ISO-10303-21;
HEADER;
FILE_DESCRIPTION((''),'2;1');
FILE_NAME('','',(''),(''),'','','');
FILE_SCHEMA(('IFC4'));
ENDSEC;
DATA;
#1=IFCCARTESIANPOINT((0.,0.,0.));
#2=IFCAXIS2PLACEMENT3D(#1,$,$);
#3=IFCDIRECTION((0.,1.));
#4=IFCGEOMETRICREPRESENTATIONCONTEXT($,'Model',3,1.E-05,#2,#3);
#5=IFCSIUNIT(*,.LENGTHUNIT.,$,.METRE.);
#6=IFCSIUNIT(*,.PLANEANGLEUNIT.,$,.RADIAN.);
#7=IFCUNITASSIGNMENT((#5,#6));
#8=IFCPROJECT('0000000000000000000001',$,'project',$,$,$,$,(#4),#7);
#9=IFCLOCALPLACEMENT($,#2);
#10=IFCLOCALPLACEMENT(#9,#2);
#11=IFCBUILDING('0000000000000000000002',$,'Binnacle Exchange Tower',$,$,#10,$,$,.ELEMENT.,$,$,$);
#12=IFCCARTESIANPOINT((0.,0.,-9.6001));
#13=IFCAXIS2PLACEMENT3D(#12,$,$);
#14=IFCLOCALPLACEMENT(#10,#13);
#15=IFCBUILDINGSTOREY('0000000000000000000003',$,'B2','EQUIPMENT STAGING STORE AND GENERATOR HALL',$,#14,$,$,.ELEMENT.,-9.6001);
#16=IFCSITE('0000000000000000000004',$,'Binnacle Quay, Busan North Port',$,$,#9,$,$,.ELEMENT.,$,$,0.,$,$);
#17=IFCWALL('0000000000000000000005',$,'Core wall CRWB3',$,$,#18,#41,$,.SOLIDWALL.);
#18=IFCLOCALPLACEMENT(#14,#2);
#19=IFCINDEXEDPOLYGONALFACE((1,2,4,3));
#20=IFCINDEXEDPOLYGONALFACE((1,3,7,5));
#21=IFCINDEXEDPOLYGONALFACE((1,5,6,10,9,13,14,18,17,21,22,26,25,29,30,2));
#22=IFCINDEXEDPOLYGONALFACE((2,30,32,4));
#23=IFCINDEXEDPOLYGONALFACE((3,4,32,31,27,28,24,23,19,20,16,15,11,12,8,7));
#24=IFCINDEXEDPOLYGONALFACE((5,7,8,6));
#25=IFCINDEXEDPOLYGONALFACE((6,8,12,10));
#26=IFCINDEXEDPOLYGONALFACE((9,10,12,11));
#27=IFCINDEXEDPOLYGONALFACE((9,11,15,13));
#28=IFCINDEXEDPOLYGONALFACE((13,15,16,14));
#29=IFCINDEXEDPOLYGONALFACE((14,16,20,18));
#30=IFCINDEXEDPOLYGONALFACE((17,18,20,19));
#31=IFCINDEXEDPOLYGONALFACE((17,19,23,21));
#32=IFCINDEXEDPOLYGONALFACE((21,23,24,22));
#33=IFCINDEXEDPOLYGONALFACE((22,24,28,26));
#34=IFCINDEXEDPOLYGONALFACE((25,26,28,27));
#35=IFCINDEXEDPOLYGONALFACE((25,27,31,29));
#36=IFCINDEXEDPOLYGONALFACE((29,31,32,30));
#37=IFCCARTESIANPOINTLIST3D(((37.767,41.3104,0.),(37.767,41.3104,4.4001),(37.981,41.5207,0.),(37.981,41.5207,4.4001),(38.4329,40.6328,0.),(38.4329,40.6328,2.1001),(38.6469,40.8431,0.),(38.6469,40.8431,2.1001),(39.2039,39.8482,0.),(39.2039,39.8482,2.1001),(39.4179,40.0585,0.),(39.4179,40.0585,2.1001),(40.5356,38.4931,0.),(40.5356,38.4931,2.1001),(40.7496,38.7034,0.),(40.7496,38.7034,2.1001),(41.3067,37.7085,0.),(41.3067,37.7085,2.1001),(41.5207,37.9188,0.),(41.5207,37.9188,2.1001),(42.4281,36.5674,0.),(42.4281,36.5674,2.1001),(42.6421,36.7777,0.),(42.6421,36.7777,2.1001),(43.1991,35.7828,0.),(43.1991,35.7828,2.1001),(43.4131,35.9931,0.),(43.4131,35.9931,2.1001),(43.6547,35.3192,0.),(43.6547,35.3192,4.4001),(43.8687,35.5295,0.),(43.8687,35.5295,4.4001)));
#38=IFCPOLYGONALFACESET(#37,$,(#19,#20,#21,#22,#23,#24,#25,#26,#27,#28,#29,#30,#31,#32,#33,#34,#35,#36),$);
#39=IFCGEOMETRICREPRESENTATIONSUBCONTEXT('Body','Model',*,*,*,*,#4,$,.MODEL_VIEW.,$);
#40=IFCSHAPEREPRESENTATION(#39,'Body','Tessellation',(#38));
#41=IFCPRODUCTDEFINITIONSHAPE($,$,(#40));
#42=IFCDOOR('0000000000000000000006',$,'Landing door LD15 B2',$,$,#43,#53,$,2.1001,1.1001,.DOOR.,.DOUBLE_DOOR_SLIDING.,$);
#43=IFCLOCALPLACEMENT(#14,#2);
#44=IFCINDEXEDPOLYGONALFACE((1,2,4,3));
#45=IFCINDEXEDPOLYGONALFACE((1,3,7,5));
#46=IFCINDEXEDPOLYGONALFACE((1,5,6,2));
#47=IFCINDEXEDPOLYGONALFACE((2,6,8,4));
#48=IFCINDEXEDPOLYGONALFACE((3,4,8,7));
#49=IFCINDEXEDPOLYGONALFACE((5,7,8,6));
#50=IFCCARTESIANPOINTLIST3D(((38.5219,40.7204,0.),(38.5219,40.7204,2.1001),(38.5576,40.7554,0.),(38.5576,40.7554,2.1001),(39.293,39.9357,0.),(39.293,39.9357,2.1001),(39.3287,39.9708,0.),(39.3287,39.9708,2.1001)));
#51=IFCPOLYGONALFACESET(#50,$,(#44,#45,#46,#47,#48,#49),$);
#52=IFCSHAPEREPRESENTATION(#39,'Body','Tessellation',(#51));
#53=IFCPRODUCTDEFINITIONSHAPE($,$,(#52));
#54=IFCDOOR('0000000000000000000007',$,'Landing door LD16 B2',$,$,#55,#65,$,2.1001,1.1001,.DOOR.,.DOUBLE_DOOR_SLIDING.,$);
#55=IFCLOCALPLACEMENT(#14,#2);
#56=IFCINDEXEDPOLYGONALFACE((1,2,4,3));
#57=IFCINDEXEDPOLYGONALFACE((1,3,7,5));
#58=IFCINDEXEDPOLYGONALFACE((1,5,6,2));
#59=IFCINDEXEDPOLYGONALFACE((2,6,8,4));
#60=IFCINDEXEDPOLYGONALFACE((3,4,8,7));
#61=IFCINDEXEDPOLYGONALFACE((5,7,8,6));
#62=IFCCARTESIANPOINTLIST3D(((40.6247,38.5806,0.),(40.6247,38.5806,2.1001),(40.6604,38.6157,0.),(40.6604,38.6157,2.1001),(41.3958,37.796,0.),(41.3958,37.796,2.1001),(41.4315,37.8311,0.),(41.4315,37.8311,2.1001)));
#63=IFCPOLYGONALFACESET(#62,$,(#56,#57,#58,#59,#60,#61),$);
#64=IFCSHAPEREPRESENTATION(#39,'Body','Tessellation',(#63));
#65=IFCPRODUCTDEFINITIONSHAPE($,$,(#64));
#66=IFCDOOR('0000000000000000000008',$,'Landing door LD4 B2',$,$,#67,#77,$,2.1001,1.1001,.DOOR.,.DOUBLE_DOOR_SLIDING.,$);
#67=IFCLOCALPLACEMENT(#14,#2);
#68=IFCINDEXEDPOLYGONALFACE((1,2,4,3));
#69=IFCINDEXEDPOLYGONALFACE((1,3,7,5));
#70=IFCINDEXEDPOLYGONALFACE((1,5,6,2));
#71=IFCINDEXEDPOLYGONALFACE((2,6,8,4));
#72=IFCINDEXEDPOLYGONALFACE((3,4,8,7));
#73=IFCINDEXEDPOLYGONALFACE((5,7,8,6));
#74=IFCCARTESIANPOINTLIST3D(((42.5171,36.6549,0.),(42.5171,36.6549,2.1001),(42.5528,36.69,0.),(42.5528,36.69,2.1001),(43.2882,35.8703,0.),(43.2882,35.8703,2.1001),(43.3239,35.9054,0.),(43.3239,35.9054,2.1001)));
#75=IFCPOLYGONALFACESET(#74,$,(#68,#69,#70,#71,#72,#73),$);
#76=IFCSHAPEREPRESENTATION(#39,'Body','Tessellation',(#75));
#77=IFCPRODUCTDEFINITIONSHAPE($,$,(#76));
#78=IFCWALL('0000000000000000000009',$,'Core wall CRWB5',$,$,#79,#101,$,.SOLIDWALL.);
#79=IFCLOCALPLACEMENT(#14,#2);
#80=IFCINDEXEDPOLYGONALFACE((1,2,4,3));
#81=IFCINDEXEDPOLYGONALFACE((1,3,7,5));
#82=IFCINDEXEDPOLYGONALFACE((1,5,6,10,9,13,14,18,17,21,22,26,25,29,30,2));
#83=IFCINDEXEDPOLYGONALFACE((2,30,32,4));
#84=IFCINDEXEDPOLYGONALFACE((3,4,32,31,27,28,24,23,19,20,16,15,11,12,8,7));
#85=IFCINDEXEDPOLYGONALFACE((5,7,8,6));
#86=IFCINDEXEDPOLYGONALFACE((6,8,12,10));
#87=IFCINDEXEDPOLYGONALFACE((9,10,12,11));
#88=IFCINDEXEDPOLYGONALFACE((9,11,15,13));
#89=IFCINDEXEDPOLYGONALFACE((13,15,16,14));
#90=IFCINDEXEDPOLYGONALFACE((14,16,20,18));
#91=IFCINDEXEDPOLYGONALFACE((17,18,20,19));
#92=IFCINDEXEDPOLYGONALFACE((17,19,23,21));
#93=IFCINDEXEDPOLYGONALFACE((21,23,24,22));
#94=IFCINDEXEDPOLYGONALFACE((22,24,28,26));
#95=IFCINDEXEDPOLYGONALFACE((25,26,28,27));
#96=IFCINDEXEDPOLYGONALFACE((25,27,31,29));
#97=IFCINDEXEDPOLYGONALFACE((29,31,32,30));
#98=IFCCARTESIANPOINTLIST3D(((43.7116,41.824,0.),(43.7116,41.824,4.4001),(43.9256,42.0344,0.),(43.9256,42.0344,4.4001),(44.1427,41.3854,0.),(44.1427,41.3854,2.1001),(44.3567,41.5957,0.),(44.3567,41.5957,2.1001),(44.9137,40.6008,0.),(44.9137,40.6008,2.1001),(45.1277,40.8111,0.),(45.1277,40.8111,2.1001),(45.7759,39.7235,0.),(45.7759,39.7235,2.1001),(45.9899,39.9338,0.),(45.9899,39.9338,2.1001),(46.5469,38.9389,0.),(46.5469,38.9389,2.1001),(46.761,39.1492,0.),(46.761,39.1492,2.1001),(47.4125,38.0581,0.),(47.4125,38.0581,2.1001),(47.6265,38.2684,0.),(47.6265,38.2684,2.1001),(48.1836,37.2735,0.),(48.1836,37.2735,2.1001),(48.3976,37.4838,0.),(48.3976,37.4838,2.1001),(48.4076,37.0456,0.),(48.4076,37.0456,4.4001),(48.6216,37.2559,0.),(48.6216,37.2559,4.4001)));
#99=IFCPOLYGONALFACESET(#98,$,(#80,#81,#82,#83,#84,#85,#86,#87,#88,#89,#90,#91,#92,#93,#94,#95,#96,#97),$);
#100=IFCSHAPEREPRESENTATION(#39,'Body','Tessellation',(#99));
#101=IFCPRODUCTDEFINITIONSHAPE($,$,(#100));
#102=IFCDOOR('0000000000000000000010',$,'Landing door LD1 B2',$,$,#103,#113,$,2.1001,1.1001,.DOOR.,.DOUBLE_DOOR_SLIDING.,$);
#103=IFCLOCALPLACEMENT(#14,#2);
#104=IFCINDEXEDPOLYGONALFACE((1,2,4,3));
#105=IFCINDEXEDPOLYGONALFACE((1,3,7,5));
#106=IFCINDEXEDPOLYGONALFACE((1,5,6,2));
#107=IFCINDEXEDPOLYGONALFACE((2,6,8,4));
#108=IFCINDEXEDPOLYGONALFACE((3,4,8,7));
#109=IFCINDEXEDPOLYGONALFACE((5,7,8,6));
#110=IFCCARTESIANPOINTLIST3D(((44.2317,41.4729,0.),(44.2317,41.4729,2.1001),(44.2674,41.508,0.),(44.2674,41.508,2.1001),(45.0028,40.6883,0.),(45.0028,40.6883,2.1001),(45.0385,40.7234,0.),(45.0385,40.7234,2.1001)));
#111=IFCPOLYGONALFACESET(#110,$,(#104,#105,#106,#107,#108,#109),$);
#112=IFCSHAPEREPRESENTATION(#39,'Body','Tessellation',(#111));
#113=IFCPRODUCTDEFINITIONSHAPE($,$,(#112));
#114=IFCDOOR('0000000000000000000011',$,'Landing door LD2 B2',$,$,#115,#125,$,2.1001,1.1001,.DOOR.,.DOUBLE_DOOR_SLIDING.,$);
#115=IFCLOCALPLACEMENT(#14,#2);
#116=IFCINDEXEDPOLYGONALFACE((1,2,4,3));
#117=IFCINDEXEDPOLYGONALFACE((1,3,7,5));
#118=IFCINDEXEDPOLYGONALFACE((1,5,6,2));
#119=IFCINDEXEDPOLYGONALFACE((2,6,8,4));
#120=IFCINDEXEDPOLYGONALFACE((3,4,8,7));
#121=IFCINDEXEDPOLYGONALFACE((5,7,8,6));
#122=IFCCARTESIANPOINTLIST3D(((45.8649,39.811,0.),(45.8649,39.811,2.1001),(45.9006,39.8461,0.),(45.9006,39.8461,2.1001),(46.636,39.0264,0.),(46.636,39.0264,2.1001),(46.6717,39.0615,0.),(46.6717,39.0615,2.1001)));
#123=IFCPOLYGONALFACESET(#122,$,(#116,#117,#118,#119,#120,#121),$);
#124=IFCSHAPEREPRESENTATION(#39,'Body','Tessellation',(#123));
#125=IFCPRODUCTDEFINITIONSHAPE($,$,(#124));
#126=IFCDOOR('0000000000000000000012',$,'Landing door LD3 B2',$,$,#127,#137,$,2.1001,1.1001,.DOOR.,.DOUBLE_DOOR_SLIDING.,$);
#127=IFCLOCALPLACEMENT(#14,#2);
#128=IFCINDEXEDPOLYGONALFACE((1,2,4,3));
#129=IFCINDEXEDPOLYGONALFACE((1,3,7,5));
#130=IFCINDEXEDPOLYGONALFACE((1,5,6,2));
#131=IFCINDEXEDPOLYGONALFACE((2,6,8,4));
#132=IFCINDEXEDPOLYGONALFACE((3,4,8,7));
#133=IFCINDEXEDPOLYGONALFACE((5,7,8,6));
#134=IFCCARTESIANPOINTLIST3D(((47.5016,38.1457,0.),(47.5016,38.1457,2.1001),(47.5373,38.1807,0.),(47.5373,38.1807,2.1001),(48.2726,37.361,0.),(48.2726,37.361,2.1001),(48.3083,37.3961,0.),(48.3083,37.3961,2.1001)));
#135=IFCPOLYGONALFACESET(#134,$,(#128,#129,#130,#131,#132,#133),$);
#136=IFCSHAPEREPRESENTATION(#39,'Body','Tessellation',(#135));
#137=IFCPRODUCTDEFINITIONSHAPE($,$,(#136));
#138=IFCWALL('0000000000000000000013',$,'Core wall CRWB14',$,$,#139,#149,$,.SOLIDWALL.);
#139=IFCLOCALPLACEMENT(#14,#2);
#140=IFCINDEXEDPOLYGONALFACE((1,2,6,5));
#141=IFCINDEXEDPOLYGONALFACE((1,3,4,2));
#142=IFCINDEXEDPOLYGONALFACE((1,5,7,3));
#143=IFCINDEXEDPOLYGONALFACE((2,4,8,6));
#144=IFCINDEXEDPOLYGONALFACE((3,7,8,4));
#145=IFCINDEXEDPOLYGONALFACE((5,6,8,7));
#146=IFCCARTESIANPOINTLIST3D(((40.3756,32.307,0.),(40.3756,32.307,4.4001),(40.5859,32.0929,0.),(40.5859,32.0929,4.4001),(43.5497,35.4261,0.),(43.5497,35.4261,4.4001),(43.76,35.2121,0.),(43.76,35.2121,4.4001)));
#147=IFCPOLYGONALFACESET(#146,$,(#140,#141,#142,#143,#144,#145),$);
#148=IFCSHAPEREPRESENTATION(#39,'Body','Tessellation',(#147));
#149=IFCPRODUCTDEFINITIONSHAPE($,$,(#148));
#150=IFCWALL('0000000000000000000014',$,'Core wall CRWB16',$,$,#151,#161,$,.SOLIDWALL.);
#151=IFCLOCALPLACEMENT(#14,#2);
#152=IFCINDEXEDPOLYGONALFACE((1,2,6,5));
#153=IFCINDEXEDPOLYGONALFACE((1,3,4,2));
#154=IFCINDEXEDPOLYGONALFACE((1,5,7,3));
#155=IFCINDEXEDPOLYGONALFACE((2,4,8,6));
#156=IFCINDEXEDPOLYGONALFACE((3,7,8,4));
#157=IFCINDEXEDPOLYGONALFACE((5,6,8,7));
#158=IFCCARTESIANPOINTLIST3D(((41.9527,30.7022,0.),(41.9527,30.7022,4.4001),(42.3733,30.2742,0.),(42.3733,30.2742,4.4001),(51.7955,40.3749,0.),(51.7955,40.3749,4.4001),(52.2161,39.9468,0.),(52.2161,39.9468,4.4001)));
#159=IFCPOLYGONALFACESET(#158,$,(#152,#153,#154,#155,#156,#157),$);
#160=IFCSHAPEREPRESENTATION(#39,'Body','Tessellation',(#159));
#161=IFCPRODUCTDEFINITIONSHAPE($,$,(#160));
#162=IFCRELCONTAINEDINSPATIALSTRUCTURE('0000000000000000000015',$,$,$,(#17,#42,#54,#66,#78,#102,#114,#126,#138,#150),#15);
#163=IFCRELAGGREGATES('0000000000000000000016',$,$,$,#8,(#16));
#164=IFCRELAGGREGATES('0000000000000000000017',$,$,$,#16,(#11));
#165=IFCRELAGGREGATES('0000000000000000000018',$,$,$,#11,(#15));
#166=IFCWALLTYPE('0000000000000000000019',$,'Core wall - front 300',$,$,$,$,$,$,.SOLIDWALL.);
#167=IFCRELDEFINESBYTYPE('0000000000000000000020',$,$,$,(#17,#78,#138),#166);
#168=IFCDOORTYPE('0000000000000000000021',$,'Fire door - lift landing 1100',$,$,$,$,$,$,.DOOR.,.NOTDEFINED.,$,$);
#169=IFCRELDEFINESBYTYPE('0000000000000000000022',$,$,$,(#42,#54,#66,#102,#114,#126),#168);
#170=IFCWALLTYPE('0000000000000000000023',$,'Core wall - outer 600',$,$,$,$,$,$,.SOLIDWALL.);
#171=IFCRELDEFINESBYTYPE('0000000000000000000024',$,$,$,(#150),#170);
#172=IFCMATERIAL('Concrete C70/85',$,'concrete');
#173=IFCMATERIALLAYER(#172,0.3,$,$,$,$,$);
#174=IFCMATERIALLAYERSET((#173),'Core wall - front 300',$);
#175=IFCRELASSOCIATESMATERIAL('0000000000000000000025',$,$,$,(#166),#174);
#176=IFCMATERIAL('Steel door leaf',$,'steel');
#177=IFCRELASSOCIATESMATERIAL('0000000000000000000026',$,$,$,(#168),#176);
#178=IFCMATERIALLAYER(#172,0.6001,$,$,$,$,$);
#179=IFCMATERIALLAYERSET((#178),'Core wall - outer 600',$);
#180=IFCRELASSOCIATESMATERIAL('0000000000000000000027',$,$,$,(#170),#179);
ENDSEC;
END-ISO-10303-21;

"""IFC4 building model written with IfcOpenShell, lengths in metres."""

from ifc_helpers import new_model, si_unit, direction, frame, frame_2d, origin, place, context, subcontext, project, spatial, rectangle, extrude, material, layer, layer_set, type_object, element, fill, save


model = new_model("IFC4")

# Units and contexts
model_context = context("Model", 3, precision=1e-05, world=origin(), true_north=direction((0.0, 1.0)))
body_context = subcontext(model_context, "Body", "Model", "MODEL_VIEW")
ifc_project = project(units=[si_unit("LENGTHUNIT", "METRE"), si_unit("PLANEANGLEUNIT", "RADIAN")], contexts=[model_context])

# Site, building, storey
site_placement = place(None, origin())
site = spatial("IfcSite", under=ifc_project, at=site_placement, Name="Binnacle Quay, Busan North Port", CompositionType="ELEMENT", RefElevation=0.0)
building_placement = place(site_placement, origin())
building = spatial("IfcBuilding", under=site, at=building_placement, Name="Binnacle Exchange Tower", CompositionType="ELEMENT")
storey_placement = place(building_placement, frame((0.0, 0.0, -9.6001)))
storey = spatial("IfcBuildingStorey", under=building, at=storey_placement, Name="B2", Description="EQUIPMENT STAGING STORE AND GENERATOR HALL", CompositionType="ELEMENT", Elevation=-9.6001)

# Shared definitions
ifc_material_1 = material(Name="Concrete C70/85", Category="concrete")

# Walls, openings, doors
ifc_layer_1 = layer(ifc_material_1, 0.3)
ifc_layer_set_1 = layer_set([ifc_layer_1], Name="Core wall - front 300")
wall_type_1 = type_object("IfcWallType", Name="Core wall - front 300", PredefinedType="SOLIDWALL", material=ifc_layer_set_1)
wall_1_placement = place(storey_placement, frame((37.874, 41.4155, 0.0), z_axis=(0.0, 0.0, 1.0), x_axis=(0.700918, -0.713242, 0.0)))
wall_1 = element("IfcWall", 1, at=wall_1_placement, inside=storey, type_object=wall_type_1, Name="Core wall CRWB3", PredefinedType="SOLIDWALL", context=body_context, shape_type="SweptSolid", body=[
    extrude(rectangle(XDim=8.3999, YDim=0.3, at=frame_2d((4.2, 0.0))), origin(), (0.0, 0.0, 1.0), 4.4001),
])
opening_1_placement = place(wall_1_placement, frame((0.95, 0.0, 0.0)))
opening_1 = element("IfcOpeningElement", 2, at=opening_1_placement, cuts=wall_1, PredefinedType="OPENING", context=body_context, shape_type="SweptSolid", body=[
    extrude(rectangle(XDim=1.1001, YDim=2.1001, at=frame_2d((0.55, 1.05))), frame((0.0, 0.1599, 0.0), z_axis=(0.0, -1.0, 0.0), x_axis=(1.0, 0.0, 0.0)), (0.0, 0.0, 1.0), 0.3201),
])
opening_2_placement = place(wall_1_placement, frame((3.95, 0.0, 0.0)))
opening_2 = element("IfcOpeningElement", 3, at=opening_2_placement, cuts=wall_1, PredefinedType="OPENING", context=body_context, shape_type="SweptSolid", body=[
    extrude(rectangle(XDim=1.1001, YDim=2.1001, at=frame_2d((0.55, 1.05))), frame((0.0, 0.1599, 0.0), z_axis=(0.0, -1.0, 0.0), x_axis=(1.0, 0.0, 0.0)), (0.0, 0.0, 1.0), 0.3201),
])
opening_3_placement = place(wall_1_placement, frame((6.6499, 0.0, 0.0)))
opening_3 = element("IfcOpeningElement", 4, at=opening_3_placement, cuts=wall_1, PredefinedType="OPENING", context=body_context, shape_type="SweptSolid", body=[
    extrude(rectangle(XDim=1.1001, YDim=2.1001, at=frame_2d((0.55, 1.05))), frame((0.0, 0.1599, 0.0), z_axis=(0.0, -1.0, 0.0), x_axis=(1.0, 0.0, 0.0)), (0.0, 0.0, 1.0), 0.3201),
])
ifc_material_2 = material(Name="Steel door leaf", Category="steel")
door_type = type_object("IfcDoorType", Name="Fire door - lift landing 1100", OperationType="NOTDEFINED", PredefinedType="DOOR", material=ifc_material_2)
door_1_placement = place(opening_1_placement, origin())
door_1 = element("IfcDoor", 5, at=door_1_placement, inside=storey, type_object=door_type, Name="Landing door LD15 B2", OperationType="DOUBLE_DOOR_SLIDING", OverallHeight=2.1001, OverallWidth=1.1001, PredefinedType="DOOR", context=body_context, shape_type="SweptSolid", body=[
    extrude(rectangle(XDim=1.1001, YDim=2.1001, at=frame_2d((0.55, 1.05))), frame((0.0, 0.0249, 0.0), z_axis=(0.0, -1.0, 0.0), x_axis=(1.0, 0.0, 0.0)), (0.0, 0.0, 1.0), 0.05),
])
fill(opening_1, door_1)
door_2_placement = place(opening_2_placement, origin())
door_2 = element("IfcDoor", 6, at=door_2_placement, inside=storey, type_object=door_type, Name="Landing door LD16 B2", OperationType="DOUBLE_DOOR_SLIDING", OverallHeight=2.1001, OverallWidth=1.1001, PredefinedType="DOOR", context=body_context, shape_type="SweptSolid", body=[
    extrude(rectangle(XDim=1.1001, YDim=2.1001, at=frame_2d((0.55, 1.05))), frame((0.0, 0.0249, 0.0), z_axis=(0.0, -1.0, 0.0), x_axis=(1.0, 0.0, 0.0)), (0.0, 0.0, 1.0), 0.05),
])
fill(opening_2, door_2)
door_3_placement = place(opening_3_placement, origin())
door_3 = element("IfcDoor", 7, at=door_3_placement, inside=storey, type_object=door_type, Name="Landing door LD4 B2", OperationType="DOUBLE_DOOR_SLIDING", OverallHeight=2.1001, OverallWidth=1.1001, PredefinedType="DOOR", context=body_context, shape_type="SweptSolid", body=[
    extrude(rectangle(XDim=1.1001, YDim=2.1001, at=frame_2d((0.55, 1.05))), frame((0.0, 0.0249, 0.0), z_axis=(0.0, -1.0, 0.0), x_axis=(1.0, 0.0, 0.0)), (0.0, 0.0, 1.0), 0.05),
])
fill(opening_3, door_3)
wall_2_placement = place(storey_placement, frame((43.8186, 41.9292, 0.0), z_axis=(0.0, 0.0, 1.0), x_axis=(0.700922, -0.713238, 0.0)))
wall_2 = element("IfcWall", 8, at=wall_2_placement, inside=storey, type_object=wall_type_1, Name="Core wall CRWB5", PredefinedType="SOLIDWALL", context=body_context, shape_type="SweptSolid", body=[
    extrude(rectangle(XDim=6.6997, YDim=0.3, at=frame_2d((3.3499, 0.0))), origin(), (0.0, 0.0, 1.0), 4.4001),
])
opening_4_placement = place(wall_2_placement, frame((0.615, 0.0, 0.0)))
opening_4 = element("IfcOpeningElement", 9, at=opening_4_placement, cuts=wall_2, PredefinedType="OPENING", context=body_context, shape_type="SweptSolid", body=[
    extrude(rectangle(XDim=1.1001, YDim=2.1001, at=frame_2d((0.55, 1.05))), frame((0.0, 0.1599, 0.0), z_axis=(0.0, -1.0, 0.0), x_axis=(1.0, 0.0, 0.0)), (0.0, 0.0, 1.0), 0.3201),
])
opening_5_placement = place(wall_2_placement, frame((2.9451, 0.0, 0.0)))
opening_5 = element("IfcOpeningElement", 10, at=opening_5_placement, cuts=wall_2, PredefinedType="OPENING", context=body_context, shape_type="SweptSolid", body=[
    extrude(rectangle(XDim=1.1001, YDim=2.1001, at=frame_2d((0.55, 1.05))), frame((0.0, 0.1599, 0.0), z_axis=(0.0, -1.0, 0.0), x_axis=(1.0, 0.0, 0.0)), (0.0, 0.0, 1.0), 0.3201),
])
opening_6_placement = place(wall_2_placement, frame((5.28, 0.0, 0.0)))
opening_6 = element("IfcOpeningElement", 11, at=opening_6_placement, cuts=wall_2, PredefinedType="OPENING", context=body_context, shape_type="SweptSolid", body=[
    extrude(rectangle(XDim=1.1001, YDim=2.1001, at=frame_2d((0.55, 1.05))), frame((0.0, 0.1599, 0.0), z_axis=(0.0, -1.0, 0.0), x_axis=(1.0, 0.0, 0.0)), (0.0, 0.0, 1.0), 0.3201),
])
door_4_placement = place(opening_4_placement, origin())
door_4 = element("IfcDoor", 12, at=door_4_placement, inside=storey, type_object=door_type, Name="Landing door LD1 B2", OperationType="DOUBLE_DOOR_SLIDING", OverallHeight=2.1001, OverallWidth=1.1001, PredefinedType="DOOR", context=body_context, shape_type="SweptSolid", body=[
    extrude(rectangle(XDim=1.1001, YDim=2.1001, at=frame_2d((0.55, 1.05))), frame((0.0, 0.0249, 0.0), z_axis=(0.0, -1.0, 0.0), x_axis=(1.0, 0.0, 0.0)), (0.0, 0.0, 1.0), 0.05),
])
fill(opening_4, door_4)
door_5_placement = place(opening_5_placement, origin())
door_5 = element("IfcDoor", 13, at=door_5_placement, inside=storey, type_object=door_type, Name="Landing door LD2 B2", OperationType="DOUBLE_DOOR_SLIDING", OverallHeight=2.1001, OverallWidth=1.1001, PredefinedType="DOOR", context=body_context, shape_type="SweptSolid", body=[
    extrude(rectangle(XDim=1.1001, YDim=2.1001, at=frame_2d((0.55, 1.05))), frame((0.0, 0.0249, 0.0), z_axis=(0.0, -1.0, 0.0), x_axis=(1.0, 0.0, 0.0)), (0.0, 0.0, 1.0), 0.05),
])
fill(opening_5, door_5)
door_6_placement = place(opening_6_placement, origin())
door_6 = element("IfcDoor", 14, at=door_6_placement, inside=storey, type_object=door_type, Name="Landing door LD3 B2", OperationType="DOUBLE_DOOR_SLIDING", OverallHeight=2.1001, OverallWidth=1.1001, PredefinedType="DOOR", context=body_context, shape_type="SweptSolid", body=[
    extrude(rectangle(XDim=1.1001, YDim=2.1001, at=frame_2d((0.55, 1.05))), frame((0.0, 0.0249, 0.0), z_axis=(0.0, -1.0, 0.0), x_axis=(1.0, 0.0, 0.0)), (0.0, 0.0, 1.0), 0.05),
])
fill(opening_6, door_6)

# Walls
wall_3_placement = place(storey_placement, frame((40.4807, 32.2, 0.0), z_axis=(0.0, 0.0, 1.0), x_axis=(0.713252, 0.700908, 0.0)))
element("IfcWall", 15, at=wall_3_placement, inside=storey, type_object=wall_type_1, Name="Core wall CRWB14", PredefinedType="SOLIDWALL", context=body_context, shape_type="SweptSolid", body=[
    extrude(rectangle(XDim=4.4502, YDim=0.3, at=frame_2d((2.2251, 0.0))), origin(), (0.0, 0.0, 1.0), 4.4001),
])
ifc_layer_2 = layer(ifc_material_1, 0.6001)
ifc_layer_set_2 = layer_set([ifc_layer_2], Name="Core wall - outer 600")
wall_type_2 = type_object("IfcWallType", Name="Core wall - outer 600", PredefinedType="SOLIDWALL", material=ifc_layer_set_2)
wall_4_placement = place(storey_placement, frame((42.1631, 30.4883, 0.0), z_axis=(0.0, 0.0, 1.0), x_axis=(0.713245, 0.700914, 0.0)))
element("IfcWall", 16, at=wall_4_placement, inside=storey, type_object=wall_type_2, Name="Core wall CRWB16", PredefinedType="SOLIDWALL", context=body_context, shape_type="SweptSolid", body=[
    extrude(rectangle(XDim=13.8, YDim=0.6001, at=frame_2d((6.8999, 0.0))), origin(), (0.0, 0.0, 1.0), 4.4001),
])

save(model, "model.ifc")
